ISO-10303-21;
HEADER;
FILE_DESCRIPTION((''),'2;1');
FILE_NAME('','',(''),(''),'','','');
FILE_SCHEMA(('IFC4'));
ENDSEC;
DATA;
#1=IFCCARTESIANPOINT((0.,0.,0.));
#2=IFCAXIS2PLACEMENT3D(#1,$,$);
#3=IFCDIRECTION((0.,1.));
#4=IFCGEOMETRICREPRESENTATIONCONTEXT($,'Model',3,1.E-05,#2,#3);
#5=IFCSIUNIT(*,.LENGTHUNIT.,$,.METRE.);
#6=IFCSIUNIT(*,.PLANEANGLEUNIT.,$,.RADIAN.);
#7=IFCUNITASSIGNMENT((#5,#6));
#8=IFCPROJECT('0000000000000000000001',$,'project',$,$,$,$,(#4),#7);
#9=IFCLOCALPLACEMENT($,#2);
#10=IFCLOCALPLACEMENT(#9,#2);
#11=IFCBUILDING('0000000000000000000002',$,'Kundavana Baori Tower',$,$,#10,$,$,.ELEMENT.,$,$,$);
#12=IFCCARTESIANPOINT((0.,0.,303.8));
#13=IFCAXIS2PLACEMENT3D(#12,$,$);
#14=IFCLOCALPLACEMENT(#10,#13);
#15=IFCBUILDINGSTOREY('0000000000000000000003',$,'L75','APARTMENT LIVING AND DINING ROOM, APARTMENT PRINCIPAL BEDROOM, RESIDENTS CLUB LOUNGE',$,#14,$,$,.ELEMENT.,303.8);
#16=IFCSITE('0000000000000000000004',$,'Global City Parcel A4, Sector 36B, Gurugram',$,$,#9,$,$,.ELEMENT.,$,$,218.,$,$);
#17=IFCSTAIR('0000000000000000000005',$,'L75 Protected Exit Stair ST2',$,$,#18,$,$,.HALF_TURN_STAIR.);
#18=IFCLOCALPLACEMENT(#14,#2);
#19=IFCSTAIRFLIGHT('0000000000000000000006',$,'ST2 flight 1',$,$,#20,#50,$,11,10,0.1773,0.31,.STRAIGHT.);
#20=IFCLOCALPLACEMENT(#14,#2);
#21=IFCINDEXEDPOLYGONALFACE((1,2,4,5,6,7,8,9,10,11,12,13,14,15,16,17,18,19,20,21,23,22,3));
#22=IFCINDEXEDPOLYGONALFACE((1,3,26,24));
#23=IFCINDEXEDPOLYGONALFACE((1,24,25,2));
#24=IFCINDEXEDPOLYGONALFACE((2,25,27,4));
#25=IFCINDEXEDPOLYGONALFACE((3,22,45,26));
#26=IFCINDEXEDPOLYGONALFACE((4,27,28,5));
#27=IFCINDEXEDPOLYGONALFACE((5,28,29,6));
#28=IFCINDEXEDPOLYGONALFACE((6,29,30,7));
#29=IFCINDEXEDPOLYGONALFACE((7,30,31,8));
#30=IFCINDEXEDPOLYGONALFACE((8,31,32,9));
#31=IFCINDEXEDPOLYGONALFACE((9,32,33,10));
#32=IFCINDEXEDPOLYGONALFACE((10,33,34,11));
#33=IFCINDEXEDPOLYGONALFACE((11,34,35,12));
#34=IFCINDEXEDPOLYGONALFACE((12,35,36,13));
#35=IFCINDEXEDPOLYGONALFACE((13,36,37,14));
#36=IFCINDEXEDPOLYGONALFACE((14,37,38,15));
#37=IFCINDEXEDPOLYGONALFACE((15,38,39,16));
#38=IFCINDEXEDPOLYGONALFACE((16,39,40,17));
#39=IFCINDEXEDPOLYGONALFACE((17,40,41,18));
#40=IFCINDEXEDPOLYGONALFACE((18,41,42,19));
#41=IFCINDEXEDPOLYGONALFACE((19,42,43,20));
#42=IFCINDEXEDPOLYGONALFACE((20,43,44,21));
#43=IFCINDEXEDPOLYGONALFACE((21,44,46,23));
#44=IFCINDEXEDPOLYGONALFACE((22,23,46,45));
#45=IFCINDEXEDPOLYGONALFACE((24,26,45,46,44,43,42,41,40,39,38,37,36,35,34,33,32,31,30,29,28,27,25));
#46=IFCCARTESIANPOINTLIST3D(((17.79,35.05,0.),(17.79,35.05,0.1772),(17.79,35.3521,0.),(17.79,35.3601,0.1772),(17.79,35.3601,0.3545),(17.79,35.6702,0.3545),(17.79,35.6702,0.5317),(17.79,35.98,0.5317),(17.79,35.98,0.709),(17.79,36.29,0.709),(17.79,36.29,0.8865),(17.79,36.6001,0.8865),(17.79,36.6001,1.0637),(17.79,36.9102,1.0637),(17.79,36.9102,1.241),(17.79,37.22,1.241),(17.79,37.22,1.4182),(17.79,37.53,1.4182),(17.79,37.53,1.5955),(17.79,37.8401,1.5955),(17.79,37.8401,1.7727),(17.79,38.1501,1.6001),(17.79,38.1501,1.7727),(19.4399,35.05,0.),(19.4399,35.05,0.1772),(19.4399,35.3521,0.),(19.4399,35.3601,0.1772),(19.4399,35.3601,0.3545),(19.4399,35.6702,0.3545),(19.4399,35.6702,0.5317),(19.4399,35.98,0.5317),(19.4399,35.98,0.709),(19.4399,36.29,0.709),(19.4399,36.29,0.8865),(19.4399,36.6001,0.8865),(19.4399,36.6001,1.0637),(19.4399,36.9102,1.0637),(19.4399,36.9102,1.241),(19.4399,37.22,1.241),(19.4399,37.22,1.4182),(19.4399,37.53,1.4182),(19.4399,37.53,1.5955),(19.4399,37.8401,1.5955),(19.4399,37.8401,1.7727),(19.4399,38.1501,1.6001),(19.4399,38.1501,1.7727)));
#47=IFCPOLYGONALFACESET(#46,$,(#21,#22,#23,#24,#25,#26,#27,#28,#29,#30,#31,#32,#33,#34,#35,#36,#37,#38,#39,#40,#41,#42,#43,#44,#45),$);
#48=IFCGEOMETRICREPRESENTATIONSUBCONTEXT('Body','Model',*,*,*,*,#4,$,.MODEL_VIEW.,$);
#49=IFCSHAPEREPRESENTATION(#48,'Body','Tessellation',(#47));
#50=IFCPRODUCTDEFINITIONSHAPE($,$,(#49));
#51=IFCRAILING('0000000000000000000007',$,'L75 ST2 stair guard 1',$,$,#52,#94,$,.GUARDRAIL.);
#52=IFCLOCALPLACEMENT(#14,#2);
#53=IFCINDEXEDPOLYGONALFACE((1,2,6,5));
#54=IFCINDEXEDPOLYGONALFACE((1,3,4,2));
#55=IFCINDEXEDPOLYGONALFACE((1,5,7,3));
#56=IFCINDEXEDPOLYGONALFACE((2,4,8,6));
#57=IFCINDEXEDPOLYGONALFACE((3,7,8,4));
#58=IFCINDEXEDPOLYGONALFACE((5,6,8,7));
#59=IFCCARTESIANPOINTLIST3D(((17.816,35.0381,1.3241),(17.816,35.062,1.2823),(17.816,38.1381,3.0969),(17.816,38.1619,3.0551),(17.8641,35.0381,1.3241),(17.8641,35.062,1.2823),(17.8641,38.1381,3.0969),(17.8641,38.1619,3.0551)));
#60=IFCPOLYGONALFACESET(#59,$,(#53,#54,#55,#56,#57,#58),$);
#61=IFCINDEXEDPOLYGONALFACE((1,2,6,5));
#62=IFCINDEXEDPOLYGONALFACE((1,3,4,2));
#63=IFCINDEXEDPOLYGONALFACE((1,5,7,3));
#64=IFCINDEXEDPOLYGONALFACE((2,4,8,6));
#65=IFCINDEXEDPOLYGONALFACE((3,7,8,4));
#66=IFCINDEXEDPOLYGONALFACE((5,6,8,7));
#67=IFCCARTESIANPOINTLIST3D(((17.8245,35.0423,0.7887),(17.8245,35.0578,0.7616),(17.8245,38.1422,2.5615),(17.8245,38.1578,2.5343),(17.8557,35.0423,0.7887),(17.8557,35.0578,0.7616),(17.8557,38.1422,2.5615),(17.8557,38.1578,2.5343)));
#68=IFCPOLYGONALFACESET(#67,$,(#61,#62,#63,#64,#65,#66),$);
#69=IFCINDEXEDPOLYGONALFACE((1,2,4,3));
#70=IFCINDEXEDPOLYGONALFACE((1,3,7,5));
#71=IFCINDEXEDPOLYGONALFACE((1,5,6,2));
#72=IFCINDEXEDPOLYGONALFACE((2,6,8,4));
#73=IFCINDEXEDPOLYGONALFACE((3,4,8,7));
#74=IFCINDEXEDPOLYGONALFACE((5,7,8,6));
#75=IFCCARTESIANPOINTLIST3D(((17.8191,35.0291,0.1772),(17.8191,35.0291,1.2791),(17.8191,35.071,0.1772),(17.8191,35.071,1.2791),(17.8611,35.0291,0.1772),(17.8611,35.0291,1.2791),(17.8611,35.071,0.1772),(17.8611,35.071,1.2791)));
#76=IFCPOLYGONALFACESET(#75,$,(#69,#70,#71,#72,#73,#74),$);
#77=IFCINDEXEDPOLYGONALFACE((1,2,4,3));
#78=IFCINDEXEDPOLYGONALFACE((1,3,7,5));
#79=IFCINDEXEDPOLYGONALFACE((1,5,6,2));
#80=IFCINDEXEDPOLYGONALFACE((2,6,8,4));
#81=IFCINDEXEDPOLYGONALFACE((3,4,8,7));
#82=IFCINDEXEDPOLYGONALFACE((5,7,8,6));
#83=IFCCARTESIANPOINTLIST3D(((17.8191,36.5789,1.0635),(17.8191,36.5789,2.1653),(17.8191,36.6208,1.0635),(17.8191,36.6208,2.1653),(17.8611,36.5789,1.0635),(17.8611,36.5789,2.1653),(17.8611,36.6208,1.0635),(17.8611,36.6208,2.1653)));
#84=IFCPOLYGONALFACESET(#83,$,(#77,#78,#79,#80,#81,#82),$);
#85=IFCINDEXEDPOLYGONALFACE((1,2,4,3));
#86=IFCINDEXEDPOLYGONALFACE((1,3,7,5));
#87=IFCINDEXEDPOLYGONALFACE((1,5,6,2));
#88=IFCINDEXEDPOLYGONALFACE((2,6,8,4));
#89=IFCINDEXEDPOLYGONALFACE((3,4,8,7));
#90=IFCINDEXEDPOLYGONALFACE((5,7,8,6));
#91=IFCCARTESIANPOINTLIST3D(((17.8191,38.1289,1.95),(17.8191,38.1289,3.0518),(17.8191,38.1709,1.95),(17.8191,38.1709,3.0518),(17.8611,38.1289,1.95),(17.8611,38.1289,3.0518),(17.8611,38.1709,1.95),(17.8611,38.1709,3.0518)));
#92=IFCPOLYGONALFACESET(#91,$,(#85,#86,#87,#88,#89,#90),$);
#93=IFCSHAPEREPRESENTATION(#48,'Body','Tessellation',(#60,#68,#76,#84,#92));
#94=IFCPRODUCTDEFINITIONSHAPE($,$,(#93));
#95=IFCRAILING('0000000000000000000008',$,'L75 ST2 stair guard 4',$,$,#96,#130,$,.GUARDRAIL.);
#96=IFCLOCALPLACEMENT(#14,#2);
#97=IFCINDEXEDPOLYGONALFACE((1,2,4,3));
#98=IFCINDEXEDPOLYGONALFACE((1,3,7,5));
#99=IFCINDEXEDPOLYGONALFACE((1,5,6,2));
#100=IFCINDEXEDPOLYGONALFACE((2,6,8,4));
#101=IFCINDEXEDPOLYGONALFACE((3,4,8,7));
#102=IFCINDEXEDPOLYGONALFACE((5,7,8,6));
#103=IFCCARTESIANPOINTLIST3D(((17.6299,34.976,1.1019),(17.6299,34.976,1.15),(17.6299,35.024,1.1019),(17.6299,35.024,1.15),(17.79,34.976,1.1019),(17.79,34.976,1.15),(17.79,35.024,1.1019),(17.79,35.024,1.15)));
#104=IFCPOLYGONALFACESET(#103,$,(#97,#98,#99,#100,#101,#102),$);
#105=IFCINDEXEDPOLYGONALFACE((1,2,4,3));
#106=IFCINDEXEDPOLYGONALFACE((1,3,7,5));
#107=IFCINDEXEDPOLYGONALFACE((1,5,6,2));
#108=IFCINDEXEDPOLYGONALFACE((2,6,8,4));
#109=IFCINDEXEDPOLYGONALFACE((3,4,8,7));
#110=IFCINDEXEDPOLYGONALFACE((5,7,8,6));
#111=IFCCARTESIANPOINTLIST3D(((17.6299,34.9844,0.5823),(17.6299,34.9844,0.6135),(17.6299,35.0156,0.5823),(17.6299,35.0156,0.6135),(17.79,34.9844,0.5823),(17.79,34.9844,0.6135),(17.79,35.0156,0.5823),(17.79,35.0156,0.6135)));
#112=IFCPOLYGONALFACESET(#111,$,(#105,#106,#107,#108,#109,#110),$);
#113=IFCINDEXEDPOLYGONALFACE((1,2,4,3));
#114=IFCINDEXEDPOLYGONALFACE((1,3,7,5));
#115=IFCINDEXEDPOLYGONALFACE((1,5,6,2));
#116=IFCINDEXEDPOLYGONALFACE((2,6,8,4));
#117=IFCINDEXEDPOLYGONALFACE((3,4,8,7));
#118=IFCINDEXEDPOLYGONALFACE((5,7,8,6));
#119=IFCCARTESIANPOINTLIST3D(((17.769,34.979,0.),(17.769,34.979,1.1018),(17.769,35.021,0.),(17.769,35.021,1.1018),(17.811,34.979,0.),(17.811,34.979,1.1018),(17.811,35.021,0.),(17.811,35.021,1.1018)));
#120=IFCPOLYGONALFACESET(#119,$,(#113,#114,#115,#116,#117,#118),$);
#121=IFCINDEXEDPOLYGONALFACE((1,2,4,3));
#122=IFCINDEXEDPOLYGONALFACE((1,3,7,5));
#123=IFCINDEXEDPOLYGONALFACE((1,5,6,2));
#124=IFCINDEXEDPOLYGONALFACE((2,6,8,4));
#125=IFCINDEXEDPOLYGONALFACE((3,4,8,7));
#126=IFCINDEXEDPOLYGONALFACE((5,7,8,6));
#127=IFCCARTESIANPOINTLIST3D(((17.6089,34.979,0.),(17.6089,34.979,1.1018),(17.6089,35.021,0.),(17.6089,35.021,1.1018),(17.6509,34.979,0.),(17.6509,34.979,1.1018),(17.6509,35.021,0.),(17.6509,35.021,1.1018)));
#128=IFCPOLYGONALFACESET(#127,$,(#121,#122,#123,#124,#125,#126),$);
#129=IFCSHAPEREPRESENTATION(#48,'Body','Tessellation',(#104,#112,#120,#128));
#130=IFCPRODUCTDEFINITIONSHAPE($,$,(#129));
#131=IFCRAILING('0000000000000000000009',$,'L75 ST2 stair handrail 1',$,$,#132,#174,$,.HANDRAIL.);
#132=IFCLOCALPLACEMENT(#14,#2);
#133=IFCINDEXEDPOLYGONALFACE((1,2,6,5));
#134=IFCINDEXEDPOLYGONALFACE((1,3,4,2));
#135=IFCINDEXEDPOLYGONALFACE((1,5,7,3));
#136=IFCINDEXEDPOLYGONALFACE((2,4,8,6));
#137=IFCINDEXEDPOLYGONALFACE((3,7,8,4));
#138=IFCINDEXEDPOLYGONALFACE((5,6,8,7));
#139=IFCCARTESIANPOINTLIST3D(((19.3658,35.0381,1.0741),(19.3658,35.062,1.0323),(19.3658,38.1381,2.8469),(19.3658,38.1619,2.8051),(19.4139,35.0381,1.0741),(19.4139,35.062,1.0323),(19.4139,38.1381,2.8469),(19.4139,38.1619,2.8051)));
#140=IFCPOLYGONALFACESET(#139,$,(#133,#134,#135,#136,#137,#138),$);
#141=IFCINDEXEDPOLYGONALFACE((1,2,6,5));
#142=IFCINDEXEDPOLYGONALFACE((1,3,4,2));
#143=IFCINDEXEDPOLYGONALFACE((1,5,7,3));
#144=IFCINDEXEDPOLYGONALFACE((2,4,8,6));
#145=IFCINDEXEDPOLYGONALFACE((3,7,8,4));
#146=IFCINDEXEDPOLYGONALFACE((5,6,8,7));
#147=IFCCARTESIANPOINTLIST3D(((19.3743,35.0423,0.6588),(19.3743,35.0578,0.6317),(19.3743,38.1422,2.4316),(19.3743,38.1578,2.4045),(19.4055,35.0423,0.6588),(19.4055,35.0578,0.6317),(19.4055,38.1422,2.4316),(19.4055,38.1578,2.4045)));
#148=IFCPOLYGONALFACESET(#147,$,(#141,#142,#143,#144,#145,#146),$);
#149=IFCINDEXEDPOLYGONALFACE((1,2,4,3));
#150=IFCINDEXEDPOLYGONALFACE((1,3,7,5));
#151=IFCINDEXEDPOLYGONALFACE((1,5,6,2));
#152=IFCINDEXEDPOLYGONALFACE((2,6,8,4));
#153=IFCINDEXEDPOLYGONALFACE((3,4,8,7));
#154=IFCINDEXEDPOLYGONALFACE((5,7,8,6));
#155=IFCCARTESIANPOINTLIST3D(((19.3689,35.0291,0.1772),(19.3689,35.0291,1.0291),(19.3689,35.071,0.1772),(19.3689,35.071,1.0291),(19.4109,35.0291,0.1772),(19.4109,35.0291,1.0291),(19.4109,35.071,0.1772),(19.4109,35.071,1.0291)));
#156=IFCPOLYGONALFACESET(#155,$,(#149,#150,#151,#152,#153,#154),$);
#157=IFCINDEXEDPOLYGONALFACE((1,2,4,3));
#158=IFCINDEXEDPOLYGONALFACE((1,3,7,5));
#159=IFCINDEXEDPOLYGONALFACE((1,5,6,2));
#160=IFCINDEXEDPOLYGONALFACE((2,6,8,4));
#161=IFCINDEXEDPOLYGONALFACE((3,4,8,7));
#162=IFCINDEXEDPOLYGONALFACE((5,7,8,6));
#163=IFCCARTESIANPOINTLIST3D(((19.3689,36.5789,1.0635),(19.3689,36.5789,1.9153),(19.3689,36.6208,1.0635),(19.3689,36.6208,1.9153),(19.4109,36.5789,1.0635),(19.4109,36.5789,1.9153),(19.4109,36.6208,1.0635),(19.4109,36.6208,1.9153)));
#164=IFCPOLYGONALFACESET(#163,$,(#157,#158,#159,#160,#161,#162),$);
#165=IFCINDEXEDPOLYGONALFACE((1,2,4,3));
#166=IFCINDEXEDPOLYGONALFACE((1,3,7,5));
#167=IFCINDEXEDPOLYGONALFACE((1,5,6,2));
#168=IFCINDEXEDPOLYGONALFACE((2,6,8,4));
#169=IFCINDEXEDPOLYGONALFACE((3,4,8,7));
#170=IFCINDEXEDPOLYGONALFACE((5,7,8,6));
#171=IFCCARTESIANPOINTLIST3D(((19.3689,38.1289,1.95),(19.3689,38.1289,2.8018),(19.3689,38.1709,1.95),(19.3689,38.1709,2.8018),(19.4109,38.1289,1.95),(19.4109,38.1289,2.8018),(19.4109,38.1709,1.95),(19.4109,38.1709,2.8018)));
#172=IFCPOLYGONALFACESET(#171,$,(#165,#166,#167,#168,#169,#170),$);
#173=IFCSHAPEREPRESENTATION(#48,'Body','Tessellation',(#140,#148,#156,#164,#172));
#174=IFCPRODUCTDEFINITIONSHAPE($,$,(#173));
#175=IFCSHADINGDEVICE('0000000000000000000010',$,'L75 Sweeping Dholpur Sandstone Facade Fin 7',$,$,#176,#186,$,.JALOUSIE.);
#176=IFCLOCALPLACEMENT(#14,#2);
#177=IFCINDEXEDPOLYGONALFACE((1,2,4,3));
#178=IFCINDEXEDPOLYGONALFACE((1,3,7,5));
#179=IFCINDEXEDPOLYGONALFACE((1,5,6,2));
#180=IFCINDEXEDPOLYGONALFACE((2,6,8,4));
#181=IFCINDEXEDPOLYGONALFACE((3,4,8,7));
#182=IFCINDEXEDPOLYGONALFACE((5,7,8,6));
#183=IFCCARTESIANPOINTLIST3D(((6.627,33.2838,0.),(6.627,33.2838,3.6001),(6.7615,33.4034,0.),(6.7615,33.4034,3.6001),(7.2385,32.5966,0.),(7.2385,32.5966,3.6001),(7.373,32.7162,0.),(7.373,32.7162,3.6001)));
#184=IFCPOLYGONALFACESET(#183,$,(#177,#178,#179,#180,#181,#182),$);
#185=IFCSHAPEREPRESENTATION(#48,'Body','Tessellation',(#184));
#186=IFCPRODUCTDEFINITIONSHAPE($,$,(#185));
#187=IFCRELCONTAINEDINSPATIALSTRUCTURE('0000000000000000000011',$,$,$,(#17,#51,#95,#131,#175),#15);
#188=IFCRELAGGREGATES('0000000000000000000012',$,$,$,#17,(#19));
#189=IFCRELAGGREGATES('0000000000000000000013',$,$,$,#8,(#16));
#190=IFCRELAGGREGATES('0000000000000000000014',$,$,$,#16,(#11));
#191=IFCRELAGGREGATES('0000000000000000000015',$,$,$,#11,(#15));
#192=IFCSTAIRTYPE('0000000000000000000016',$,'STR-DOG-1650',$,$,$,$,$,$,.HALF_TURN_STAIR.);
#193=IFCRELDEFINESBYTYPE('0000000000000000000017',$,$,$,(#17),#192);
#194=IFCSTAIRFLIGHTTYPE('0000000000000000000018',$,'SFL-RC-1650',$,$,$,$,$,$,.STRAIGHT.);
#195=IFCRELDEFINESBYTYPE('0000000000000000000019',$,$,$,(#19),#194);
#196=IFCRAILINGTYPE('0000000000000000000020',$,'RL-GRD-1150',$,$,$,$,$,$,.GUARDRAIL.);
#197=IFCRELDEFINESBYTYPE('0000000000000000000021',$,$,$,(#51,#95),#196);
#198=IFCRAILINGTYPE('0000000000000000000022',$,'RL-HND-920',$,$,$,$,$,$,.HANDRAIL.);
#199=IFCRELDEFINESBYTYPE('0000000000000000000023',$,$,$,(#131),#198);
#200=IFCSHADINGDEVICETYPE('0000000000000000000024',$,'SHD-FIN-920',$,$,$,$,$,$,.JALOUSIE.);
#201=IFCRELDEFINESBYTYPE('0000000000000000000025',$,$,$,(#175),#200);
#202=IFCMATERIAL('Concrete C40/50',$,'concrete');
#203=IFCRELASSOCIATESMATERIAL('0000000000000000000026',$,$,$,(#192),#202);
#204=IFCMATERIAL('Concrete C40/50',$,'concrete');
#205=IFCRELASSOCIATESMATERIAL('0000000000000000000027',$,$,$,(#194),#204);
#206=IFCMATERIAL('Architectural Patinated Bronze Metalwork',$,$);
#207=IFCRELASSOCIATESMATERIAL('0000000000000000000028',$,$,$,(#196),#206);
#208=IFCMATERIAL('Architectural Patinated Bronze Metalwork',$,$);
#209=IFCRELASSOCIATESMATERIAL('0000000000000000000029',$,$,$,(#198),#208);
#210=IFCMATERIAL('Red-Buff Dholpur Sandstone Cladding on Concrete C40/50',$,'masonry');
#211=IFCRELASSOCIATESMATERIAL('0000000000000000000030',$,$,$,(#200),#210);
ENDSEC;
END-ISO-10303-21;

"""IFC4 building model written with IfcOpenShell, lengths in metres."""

from ifc_helpers import new_model, si_unit, direction, frame, origin, origin_2d, place, context, subcontext, project, spatial, polyline, rectangle, outline, extrude, material, type_object, element, aggregate, save


model = new_model("IFC4")

# Units and contexts
model_context = context("Model", 3, precision=1e-05, world=origin(), true_north=direction((0.0, 1.0)))
body_context = subcontext(model_context, "Body", "Model", "MODEL_VIEW")
ifc_project = project(units=[si_unit("LENGTHUNIT", "METRE"), si_unit("PLANEANGLEUNIT", "RADIAN")], contexts=[model_context])

# Site, building, storey
site_placement = place(None, origin())
site = spatial("IfcSite", under=ifc_project, at=site_placement, Name="Global City Parcel A4, Sector 36B, Gurugram", CompositionType="ELEMENT", RefElevation=218.0)
building_placement = place(site_placement, origin())
building = spatial("IfcBuilding", under=site, at=building_placement, Name="Kundavana Baori Tower", CompositionType="ELEMENT")
storey_placement = place(building_placement, frame((0.0, 0.0, 303.8)))
storey = spatial("IfcBuildingStorey", under=building, at=storey_placement, Name="L75", Description="APARTMENT LIVING AND DINING ROOM, APARTMENT PRINCIPAL BEDROOM, RESIDENTS CLUB LOUNGE", CompositionType="ELEMENT", Elevation=303.8)

# Stair, stair flight
ifc_material_1 = material(Name="Concrete C40/50", Category="concrete")
stair_type = type_object("IfcStairType", Name="STR-DOG-1650", PredefinedType="HALF_TURN_STAIR", material=ifc_material_1)
stair_placement = place(storey_placement, origin())
stair = element("IfcStair", 1, at=stair_placement, inside=storey, type_object=stair_type, Name="L75 Protected Exit Stair ST2", PredefinedType="HALF_TURN_STAIR")
ifc_material_2 = material(Name="Concrete C40/50", Category="concrete")
stair_flight_type = type_object("IfcStairFlightType", Name="SFL-RC-1650", PredefinedType="STRAIGHT", material=ifc_material_2)
stair_flight_placement = place(storey_placement, frame((18.615, 35.05, 0.0), z_axis=(0.0, 0.0, 1.0), x_axis=(0.0, 1.0, 0.0)))
stair_flight = element("IfcStairFlight", 2, at=stair_flight_placement, type_object=stair_flight_type, Name="ST2 flight 1", NumberOfRisers=11, NumberOfTreads=10, PredefinedType="STRAIGHT", RiserHeight=0.1773, TreadLength=0.31, context=body_context, shape_type="SweptSolid", body=[
    extrude(outline(polyline([(0.0, 0.0), (0.0, 0.1772), (0.3101, 0.1772), (0.3101, 0.3545), (0.6201, 0.3545), (0.6201, 0.5317), (0.9299, 0.5317), (0.9299, 0.709), (1.24, 0.709), (1.24, 0.8865), (1.55, 0.8865), (1.55, 1.0637), (1.8601, 1.0637), (1.8601, 1.241), (2.1699, 1.241), (2.1699, 1.4182), (2.48, 1.4182), (2.48, 1.5955), (2.79, 1.5955), (2.79, 1.7727), (3.1001, 1.7727), (3.1001, 1.95), (3.1001, 1.6001), (0.302, 0.0), (0.0, 0.0)])), frame((0.0, 0.825, 0.0), z_axis=(0.0, -1.0, 0.0), x_axis=(1.0, 0.0, 0.0)), (0.0, 0.0, 1.0), 1.6499),
])
aggregate(stair, [stair_flight])

# Railings
ifc_material_3 = material(Name="Architectural Patinated Bronze Metalwork")
railing_type_1 = type_object("IfcRailingType", Name="RL-GRD-1150", PredefinedType="GUARDRAIL", material=ifc_material_3)
railing_1_placement = place(storey_placement, frame((17.8401, 35.05, 0.1772)))
element("IfcRailing", 3, at=railing_1_placement, inside=storey, type_object=railing_type_1, Name="L75 ST2 stair guard 1", PredefinedType="GUARDRAIL", context=body_context, shape_type="SweptSolid", body=[
    extrude(rectangle(XDim=0.0481, YDim=0.0481, at=origin_2d()), frame((0.0, 0.0, 1.126), z_axis=(0.0, 0.868079, 0.496426), x_axis=(-1.0, 0.0, 0.0)), (0.0, 0.0, 1.0), 3.571),
    extrude(rectangle(XDim=0.0312, YDim=0.0312, at=origin_2d()), frame((0.0, 0.0, 0.5979), z_axis=(0.0, 0.868079, 0.496426), x_axis=(-1.0, 0.0, 0.0)), (0.0, 0.0, 1.0), 3.571),
    extrude(rectangle(XDim=0.042, YDim=0.042, at=origin_2d()), origin(), (0.0, 0.0, 1.0), 1.1018),
    extrude(rectangle(XDim=0.042, YDim=0.042, at=origin_2d()), frame((0.0, 1.5498, 0.8862)), (0.0, 0.0, 1.0), 1.1018),
    extrude(rectangle(XDim=0.042, YDim=0.042, at=origin_2d()), frame((0.0, 3.0999, 1.7727)), (0.0, 0.0, 1.0), 1.1018),
])
railing_2_placement = place(storey_placement, frame((17.79, 35.0, 0.0)))
element("IfcRailing", 4, at=railing_2_placement, inside=storey, type_object=railing_type_1, Name="L75 ST2 stair guard 4", PredefinedType="GUARDRAIL", context=body_context, shape_type="SweptSolid", body=[
    extrude(rectangle(XDim=0.0481, YDim=0.0481, at=origin_2d()), frame((0.0, 0.0, 1.126), z_axis=(-1.0, 0.0, 0.0), x_axis=(0.0, -1.0, 0.0)), (0.0, 0.0, 1.0), 0.1602),
    extrude(rectangle(XDim=0.0312, YDim=0.0312, at=origin_2d()), frame((0.0, 0.0, 0.5979), z_axis=(-1.0, 0.0, 0.0), x_axis=(0.0, -1.0, 0.0)), (0.0, 0.0, 1.0), 0.1602),
    extrude(rectangle(XDim=0.042, YDim=0.042, at=origin_2d()), origin(), (0.0, 0.0, 1.0), 1.1018),
    extrude(rectangle(XDim=0.042, YDim=0.042, at=origin_2d()), frame((-0.1602, 0.0, 0.0)), (0.0, 0.0, 1.0), 1.1018),
])
ifc_material_4 = material(Name="Architectural Patinated Bronze Metalwork")
railing_type_2 = type_object("IfcRailingType", Name="RL-HND-920", PredefinedType="HANDRAIL", material=ifc_material_4)
railing_3_placement = place(storey_placement, frame((19.3899, 35.05, 0.1772)))
element("IfcRailing", 5, at=railing_3_placement, inside=storey, type_object=railing_type_2, Name="L75 ST2 stair handrail 1", PredefinedType="HANDRAIL", context=body_context, shape_type="SweptSolid", body=[
    extrude(rectangle(XDim=0.0481, YDim=0.0481, at=origin_2d()), frame((0.0, 0.0, 0.876), z_axis=(0.0, 0.868079, 0.496426), x_axis=(-1.0, 0.0, 0.0)), (0.0, 0.0, 1.0), 3.571),
    extrude(rectangle(XDim=0.0312, YDim=0.0312, at=origin_2d()), frame((0.0, 0.0, 0.468), z_axis=(0.0, 0.868079, 0.496426), x_axis=(-1.0, 0.0, 0.0)), (0.0, 0.0, 1.0), 3.571),
    extrude(rectangle(XDim=0.042, YDim=0.042, at=origin_2d()), origin(), (0.0, 0.0, 1.0), 0.8518),
    extrude(rectangle(XDim=0.042, YDim=0.042, at=origin_2d()), frame((0.0, 1.5498, 0.8862)), (0.0, 0.0, 1.0), 0.8518),
    extrude(rectangle(XDim=0.042, YDim=0.042, at=origin_2d()), frame((0.0, 3.0999, 1.7727)), (0.0, 0.0, 1.0), 0.8518),
])

# Shading device
ifc_material_5 = material(Name="Red-Buff Dholpur Sandstone Cladding on Concrete C40/50", Category="masonry")
shading_device_type = type_object("IfcShadingDeviceType", Name="SHD-FIN-920", PredefinedType="JALOUSIE", material=ifc_material_5)
shading_device_placement = place(storey_placement, frame((7.0, 33.0, 0.0), z_axis=(0.0, 0.0, 1.0), x_axis=(0.747102, 0.664709, 0.0)))
element("IfcShadingDevice", 6, at=shading_device_placement, inside=storey, type_object=shading_device_type, Name="L75 Sweeping Dholpur Sandstone Facade Fin 7", PredefinedType="JALOUSIE", context=body_context, shape_type="SweptSolid", body=[
    extrude(rectangle(XDim=0.1799, YDim=0.9199, at=origin_2d()), origin(), (0.0, 0.0, 1.0), 3.6001),
])

save(model, "model.ifc")
